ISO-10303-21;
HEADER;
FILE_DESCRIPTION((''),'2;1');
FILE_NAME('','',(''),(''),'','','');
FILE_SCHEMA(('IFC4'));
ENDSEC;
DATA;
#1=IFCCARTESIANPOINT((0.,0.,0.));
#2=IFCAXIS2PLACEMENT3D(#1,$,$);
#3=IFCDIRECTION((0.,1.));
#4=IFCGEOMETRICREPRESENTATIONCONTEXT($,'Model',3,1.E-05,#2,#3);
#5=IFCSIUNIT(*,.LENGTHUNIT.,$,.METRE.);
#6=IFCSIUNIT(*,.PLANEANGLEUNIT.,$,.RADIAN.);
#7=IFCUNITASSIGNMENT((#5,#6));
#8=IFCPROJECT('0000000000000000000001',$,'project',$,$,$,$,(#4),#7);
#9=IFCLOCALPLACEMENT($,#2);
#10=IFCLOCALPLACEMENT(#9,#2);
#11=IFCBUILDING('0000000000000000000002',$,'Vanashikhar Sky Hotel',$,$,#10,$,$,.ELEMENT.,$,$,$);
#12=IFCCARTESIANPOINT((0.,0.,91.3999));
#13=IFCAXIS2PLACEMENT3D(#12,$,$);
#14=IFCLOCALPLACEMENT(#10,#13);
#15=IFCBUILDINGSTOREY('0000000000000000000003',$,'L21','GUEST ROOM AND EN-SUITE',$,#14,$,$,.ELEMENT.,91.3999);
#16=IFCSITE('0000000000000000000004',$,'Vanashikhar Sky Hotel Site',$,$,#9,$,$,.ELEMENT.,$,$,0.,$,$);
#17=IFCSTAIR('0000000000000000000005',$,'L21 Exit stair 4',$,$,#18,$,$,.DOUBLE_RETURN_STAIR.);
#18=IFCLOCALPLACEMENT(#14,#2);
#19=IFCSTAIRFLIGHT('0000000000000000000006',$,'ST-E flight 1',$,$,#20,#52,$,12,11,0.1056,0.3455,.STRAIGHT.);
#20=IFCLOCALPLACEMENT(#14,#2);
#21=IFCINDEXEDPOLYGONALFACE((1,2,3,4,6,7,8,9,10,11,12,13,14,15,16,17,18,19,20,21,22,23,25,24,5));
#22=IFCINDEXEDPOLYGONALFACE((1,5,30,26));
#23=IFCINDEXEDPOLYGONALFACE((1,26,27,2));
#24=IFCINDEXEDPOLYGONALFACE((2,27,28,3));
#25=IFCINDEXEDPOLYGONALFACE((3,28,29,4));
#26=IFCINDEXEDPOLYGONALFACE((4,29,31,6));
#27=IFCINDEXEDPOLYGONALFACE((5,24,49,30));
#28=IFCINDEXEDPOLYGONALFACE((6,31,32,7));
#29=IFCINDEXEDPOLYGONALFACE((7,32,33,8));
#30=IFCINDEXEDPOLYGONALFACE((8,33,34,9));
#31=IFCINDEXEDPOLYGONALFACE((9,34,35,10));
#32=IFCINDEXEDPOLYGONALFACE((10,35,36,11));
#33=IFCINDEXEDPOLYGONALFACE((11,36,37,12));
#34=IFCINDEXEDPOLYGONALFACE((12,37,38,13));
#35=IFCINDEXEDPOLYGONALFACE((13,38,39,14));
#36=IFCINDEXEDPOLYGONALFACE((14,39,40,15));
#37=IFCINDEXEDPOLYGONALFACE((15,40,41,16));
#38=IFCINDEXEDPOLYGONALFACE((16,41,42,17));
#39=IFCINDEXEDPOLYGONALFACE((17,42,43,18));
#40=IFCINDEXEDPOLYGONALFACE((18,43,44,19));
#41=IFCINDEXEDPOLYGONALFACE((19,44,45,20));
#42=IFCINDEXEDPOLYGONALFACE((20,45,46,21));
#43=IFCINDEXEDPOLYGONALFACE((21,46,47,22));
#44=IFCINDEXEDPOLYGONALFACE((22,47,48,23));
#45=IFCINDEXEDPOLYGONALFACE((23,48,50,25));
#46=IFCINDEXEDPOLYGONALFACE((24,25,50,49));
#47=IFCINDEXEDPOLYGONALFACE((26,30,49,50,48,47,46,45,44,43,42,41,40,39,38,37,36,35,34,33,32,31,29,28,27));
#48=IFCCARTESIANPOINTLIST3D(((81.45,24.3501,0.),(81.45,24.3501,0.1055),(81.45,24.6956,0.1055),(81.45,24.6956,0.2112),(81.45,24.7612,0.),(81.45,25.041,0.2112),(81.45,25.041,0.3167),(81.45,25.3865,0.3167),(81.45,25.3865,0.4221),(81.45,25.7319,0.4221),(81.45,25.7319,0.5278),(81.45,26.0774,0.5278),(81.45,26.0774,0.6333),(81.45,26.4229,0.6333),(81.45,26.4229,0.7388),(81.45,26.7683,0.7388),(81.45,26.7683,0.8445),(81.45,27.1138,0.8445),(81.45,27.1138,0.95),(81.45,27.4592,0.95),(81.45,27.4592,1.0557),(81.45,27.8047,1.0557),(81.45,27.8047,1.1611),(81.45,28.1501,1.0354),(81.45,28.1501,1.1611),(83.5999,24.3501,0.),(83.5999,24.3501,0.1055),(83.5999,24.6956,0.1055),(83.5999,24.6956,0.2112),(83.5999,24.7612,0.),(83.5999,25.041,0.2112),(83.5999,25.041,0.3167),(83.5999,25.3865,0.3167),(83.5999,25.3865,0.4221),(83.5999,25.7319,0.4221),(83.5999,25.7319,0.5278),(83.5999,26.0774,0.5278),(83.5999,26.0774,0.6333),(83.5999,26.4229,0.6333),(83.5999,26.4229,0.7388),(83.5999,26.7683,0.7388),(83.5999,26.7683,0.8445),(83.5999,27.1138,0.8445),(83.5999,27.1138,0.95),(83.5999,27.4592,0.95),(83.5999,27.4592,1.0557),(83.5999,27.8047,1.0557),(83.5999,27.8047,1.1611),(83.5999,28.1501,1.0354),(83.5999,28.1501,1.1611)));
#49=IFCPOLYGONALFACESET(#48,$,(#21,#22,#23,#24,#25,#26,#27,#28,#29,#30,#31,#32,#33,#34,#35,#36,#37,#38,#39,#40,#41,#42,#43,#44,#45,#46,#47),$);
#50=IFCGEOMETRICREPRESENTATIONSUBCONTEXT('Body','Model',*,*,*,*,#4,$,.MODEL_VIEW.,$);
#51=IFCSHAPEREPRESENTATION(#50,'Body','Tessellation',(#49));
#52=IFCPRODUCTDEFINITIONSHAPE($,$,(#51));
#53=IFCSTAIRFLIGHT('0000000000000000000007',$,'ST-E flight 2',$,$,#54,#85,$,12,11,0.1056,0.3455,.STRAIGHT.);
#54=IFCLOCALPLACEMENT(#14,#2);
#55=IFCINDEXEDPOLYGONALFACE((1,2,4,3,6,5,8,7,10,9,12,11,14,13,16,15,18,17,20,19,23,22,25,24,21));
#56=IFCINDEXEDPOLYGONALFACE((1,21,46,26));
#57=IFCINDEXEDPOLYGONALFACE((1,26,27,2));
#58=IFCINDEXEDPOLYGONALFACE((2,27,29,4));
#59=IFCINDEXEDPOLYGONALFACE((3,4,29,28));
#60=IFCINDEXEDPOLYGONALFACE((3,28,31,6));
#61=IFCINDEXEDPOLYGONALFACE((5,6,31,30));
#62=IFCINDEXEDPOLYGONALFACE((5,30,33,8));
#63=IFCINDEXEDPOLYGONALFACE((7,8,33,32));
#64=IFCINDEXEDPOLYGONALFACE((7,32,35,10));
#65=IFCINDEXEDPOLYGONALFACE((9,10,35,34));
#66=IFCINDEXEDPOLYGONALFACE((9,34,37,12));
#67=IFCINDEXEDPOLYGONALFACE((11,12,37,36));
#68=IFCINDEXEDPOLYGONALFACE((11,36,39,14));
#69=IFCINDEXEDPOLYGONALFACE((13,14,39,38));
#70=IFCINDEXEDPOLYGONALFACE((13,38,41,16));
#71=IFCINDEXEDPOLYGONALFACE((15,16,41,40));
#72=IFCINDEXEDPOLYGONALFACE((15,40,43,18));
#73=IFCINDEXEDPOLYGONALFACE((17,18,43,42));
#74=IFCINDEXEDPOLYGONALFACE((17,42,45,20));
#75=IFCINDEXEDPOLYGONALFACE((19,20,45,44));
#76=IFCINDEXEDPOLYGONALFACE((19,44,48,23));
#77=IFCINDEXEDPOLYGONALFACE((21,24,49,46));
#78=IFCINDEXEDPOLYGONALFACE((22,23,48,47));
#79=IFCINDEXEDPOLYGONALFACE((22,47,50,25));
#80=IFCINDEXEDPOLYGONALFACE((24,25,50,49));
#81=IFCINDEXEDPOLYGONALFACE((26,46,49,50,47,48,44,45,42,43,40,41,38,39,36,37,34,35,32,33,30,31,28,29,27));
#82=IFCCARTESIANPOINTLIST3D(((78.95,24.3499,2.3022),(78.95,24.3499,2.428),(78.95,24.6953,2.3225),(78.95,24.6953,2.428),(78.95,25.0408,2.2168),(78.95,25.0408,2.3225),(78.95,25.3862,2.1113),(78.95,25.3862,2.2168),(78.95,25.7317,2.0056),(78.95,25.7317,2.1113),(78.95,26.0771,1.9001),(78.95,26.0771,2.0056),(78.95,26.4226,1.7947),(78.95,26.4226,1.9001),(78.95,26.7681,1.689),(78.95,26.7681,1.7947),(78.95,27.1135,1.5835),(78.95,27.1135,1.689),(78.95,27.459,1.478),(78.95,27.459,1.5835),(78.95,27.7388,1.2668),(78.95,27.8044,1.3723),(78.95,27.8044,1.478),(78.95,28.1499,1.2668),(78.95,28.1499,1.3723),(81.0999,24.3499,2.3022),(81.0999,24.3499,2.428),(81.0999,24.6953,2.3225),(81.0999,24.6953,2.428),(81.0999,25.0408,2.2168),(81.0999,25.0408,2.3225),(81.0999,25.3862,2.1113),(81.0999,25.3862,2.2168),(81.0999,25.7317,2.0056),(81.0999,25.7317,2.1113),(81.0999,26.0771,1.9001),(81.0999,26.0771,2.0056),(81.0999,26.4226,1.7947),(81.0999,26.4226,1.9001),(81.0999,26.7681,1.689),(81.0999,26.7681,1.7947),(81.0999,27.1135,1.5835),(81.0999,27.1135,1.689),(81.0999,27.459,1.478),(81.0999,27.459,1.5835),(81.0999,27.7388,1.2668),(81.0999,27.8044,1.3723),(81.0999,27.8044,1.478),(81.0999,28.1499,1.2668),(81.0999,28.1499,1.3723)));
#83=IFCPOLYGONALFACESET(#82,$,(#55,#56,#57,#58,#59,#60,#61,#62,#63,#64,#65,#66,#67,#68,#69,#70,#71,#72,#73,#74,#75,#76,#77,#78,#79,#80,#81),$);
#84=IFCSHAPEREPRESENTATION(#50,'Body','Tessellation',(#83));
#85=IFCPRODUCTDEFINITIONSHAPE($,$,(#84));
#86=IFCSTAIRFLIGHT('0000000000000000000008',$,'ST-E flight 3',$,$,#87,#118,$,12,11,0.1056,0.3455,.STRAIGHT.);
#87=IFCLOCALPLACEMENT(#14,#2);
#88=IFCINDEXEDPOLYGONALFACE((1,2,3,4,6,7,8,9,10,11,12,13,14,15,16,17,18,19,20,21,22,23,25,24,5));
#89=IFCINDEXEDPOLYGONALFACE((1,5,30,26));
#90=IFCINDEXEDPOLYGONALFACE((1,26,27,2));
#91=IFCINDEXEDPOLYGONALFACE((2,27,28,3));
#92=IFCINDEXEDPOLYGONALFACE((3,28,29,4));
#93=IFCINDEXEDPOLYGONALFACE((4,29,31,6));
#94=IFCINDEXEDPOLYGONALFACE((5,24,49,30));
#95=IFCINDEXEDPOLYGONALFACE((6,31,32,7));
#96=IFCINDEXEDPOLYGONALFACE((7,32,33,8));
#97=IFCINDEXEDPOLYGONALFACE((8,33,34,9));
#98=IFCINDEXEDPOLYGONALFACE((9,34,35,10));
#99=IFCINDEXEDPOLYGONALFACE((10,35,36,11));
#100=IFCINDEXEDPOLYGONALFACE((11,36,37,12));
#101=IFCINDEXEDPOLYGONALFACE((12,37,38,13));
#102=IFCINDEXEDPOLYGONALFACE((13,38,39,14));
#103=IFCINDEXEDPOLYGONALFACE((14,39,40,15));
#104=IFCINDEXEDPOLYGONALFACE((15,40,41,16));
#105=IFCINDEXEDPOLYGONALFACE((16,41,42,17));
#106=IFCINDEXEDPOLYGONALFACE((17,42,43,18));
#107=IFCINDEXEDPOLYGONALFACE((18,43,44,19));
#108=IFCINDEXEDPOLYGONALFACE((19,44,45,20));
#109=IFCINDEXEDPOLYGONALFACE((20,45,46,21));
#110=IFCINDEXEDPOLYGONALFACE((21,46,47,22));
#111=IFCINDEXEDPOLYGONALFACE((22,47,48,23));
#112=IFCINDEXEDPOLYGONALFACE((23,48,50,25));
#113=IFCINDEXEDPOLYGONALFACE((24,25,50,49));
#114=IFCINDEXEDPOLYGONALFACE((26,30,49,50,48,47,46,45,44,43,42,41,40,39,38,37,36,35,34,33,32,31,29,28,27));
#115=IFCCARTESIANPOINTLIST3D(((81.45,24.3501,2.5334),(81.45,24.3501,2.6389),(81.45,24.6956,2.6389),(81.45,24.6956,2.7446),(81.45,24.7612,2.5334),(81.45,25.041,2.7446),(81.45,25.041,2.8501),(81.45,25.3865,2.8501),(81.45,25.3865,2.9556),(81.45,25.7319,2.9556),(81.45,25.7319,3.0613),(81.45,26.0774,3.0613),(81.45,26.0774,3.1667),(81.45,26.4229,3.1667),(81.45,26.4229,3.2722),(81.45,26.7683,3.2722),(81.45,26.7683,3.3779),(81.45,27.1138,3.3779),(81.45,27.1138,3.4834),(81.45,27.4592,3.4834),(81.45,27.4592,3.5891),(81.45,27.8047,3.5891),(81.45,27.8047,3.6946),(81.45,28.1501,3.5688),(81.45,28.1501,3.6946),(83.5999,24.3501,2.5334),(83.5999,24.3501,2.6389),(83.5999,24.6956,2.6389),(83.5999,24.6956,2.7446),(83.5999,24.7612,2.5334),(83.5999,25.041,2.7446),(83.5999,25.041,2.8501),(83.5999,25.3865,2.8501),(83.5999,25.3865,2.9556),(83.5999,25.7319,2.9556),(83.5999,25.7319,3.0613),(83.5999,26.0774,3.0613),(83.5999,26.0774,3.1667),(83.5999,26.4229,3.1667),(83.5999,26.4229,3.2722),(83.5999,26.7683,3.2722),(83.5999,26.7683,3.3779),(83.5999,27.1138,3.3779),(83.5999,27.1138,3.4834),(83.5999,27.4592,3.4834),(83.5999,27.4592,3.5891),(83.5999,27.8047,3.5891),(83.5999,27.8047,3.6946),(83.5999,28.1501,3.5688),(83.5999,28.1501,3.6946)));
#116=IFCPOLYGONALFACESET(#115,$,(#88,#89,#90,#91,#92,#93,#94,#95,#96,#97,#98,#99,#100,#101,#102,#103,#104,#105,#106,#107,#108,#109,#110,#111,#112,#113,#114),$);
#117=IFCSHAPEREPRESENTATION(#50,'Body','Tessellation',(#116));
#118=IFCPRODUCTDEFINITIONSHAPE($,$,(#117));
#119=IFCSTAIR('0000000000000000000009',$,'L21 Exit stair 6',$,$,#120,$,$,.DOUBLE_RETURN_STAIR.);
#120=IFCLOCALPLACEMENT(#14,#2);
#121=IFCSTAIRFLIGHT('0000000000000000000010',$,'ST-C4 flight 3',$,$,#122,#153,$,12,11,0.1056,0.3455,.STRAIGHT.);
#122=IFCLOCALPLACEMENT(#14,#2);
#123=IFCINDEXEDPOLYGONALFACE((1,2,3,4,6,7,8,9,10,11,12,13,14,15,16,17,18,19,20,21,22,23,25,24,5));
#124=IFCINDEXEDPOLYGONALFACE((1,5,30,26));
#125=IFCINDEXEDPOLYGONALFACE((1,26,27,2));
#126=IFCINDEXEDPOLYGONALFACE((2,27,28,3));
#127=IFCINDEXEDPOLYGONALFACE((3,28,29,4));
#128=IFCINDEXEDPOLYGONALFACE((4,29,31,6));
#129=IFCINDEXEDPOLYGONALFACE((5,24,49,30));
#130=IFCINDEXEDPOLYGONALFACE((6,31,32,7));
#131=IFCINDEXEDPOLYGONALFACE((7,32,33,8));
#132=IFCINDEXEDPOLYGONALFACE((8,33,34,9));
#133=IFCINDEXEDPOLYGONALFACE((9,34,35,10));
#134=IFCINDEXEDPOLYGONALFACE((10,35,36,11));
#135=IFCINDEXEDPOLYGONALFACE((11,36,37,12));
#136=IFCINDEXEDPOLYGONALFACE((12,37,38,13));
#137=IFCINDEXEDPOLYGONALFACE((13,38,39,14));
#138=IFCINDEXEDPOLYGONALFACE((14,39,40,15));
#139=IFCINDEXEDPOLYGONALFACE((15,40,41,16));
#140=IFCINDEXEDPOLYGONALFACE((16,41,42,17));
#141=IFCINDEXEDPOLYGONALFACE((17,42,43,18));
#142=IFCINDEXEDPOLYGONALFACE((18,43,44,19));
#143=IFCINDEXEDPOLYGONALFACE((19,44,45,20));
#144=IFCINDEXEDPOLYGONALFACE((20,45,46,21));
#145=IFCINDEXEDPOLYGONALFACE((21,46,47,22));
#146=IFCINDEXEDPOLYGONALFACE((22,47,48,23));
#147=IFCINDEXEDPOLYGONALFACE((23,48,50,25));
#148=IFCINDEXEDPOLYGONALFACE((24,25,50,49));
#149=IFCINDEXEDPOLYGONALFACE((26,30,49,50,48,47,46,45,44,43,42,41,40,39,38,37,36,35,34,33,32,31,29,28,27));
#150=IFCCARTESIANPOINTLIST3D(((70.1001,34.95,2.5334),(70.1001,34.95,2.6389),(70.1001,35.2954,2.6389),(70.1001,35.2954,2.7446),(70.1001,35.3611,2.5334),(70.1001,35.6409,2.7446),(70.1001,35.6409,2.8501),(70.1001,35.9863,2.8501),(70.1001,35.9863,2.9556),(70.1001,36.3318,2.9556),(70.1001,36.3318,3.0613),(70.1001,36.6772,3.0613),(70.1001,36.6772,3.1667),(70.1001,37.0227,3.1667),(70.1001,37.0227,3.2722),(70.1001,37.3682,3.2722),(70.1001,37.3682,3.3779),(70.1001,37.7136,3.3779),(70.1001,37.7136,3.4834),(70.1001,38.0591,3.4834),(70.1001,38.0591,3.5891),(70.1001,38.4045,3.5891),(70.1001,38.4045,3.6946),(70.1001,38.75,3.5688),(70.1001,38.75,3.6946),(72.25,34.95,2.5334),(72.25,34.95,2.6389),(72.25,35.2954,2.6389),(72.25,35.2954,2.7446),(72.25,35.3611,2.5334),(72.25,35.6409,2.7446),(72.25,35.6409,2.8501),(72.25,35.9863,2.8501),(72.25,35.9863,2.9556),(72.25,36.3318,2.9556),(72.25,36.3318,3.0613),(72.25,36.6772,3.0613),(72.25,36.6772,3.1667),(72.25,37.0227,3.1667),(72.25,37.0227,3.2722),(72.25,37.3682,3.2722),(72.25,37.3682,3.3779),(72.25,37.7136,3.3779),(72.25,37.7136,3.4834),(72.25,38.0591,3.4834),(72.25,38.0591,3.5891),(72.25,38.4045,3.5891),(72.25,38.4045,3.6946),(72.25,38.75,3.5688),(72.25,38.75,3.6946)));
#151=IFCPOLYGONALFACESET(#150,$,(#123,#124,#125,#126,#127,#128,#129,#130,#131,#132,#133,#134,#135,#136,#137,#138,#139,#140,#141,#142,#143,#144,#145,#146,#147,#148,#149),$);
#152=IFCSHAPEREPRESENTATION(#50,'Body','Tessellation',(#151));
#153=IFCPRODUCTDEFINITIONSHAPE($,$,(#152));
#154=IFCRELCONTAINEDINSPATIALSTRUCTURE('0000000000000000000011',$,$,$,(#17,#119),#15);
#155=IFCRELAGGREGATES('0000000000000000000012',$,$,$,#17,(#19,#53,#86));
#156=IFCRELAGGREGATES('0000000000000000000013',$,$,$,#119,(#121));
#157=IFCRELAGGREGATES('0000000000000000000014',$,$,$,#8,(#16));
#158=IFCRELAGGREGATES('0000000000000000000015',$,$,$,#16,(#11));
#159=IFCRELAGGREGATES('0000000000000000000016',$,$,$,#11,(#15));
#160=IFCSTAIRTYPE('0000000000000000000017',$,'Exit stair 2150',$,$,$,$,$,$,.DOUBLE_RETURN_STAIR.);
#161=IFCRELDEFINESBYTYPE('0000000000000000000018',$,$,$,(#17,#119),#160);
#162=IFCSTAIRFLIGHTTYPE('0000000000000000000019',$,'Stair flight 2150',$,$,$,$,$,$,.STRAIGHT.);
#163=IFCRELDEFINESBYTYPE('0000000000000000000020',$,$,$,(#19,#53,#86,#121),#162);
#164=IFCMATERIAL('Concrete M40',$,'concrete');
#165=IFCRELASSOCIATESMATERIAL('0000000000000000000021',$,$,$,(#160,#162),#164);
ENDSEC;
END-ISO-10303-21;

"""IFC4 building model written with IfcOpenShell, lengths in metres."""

from ifc_helpers import new_model, si_unit, direction, frame, origin, place, context, subcontext, project, spatial, polyline, outline, extrude, source, transform, mapped, material, type_object, element, aggregate, save


model = new_model("IFC4")

# Units and contexts
model_context = context("Model", 3, precision=1e-05, world=origin(), true_north=direction((0.0, 1.0)))
body_context = subcontext(model_context, "Body", "Model", "MODEL_VIEW")
ifc_project = project(units=[si_unit("LENGTHUNIT", "METRE"), si_unit("PLANEANGLEUNIT", "RADIAN")], contexts=[model_context])

# Site, building, storey
site_placement = place(None, origin())
site = spatial("IfcSite", under=ifc_project, at=site_placement, Name="Vanashikhar Sky Hotel Site", CompositionType="ELEMENT", RefElevation=0.0)
building_placement = place(site_placement, origin())
building = spatial("IfcBuilding", under=site, at=building_placement, Name="Vanashikhar Sky Hotel", CompositionType="ELEMENT")
storey_placement = place(building_placement, frame((0.0, 0.0, 91.3999)))
storey = spatial("IfcBuildingStorey", under=building, at=storey_placement, Name="L21", Description="GUEST ROOM AND EN-SUITE", CompositionType="ELEMENT", Elevation=91.3999)

# Shared definitions
ifc_material_1 = material(Name="Concrete M40", Category="concrete")

# Stair, stair flights
stair_type = type_object("IfcStairType", Name="Exit stair 2150", PredefinedType="DOUBLE_RETURN_STAIR", material=ifc_material_1)
stair_1_placement = place(storey_placement, origin())
stair_1 = element("IfcStair", 1, at=stair_1_placement, inside=storey, type_object=stair_type, Name="L21 Exit stair 4", PredefinedType="DOUBLE_RETURN_STAIR")
stair_flight_type = type_object("IfcStairFlightType", Name="Stair flight 2150", PredefinedType="STRAIGHT", material=ifc_material_1)
shared_shape_1 = source(origin(), body_context, "Body", "SweptSolid", [
    extrude(outline(polyline([(0.0, 0.0), (0.0, 0.1055), (0.3455, 0.1055), (0.3455, 0.2112), (0.6909, 0.2112), (0.6909, 0.3167), (1.0364, 0.3167), (1.0364, 0.4221), (1.3818, 0.4221), (1.3818, 0.5278), (1.7273, 0.5278), (1.7273, 0.6333), (2.0728, 0.6333), (2.0728, 0.7388), (2.4182, 0.7388), (2.4182, 0.8445), (2.7637, 0.8445), (2.7637, 0.95), (3.1091, 0.95), (3.1091, 1.0557), (3.4546, 1.0557), (3.4546, 1.1611), (3.8, 1.1611), (3.8, 1.2666), (3.8, 1.0354), (0.4111, 0.0), (0.0, 0.0)])), frame((0.0, 1.075, 0.0), z_axis=(0.0, -1.0, 0.0), x_axis=(1.0, 0.0, 0.0)), (0.0, 0.0, 1.0), 2.1499),
])
stair_flight_1_placement = place(storey_placement, frame((82.5249, 24.3501, 0.0), z_axis=(0.0, 0.0, 1.0), x_axis=(0.0, 1.0, 0.0)))
stair_flight_1 = element("IfcStairFlight", 2, at=stair_flight_1_placement, type_object=stair_flight_type, Name="ST-E flight 1", NumberOfRisers=12, NumberOfTreads=11, PredefinedType="STRAIGHT", RiserHeight=0.1056, TreadLength=0.3455, context=body_context, shape_type="MappedRepresentation", body=[
    mapped(shared_shape_1, transform((0.0, 0.0, 0.0), scale=1.0)),
])
stair_flight_2_placement = place(storey_placement, frame((80.0249, 28.1499, 1.2668), z_axis=(0.0, 0.0, 1.0), x_axis=(0.0, -1.0, 0.0)))
stair_flight_2 = element("IfcStairFlight", 3, at=stair_flight_2_placement, type_object=stair_flight_type, Name="ST-E flight 2", NumberOfRisers=12, NumberOfTreads=11, PredefinedType="STRAIGHT", RiserHeight=0.1056, TreadLength=0.3455, context=body_context, shape_type="MappedRepresentation", body=[
    mapped(shared_shape_1, transform((0.0, 0.0, 0.0), scale=1.0)),
])
stair_flight_3_placement = place(storey_placement, frame((82.5249, 24.3501, 2.5334), z_axis=(0.0, 0.0, 1.0), x_axis=(0.0, 1.0, 0.0)))
stair_flight_3 = element("IfcStairFlight", 4, at=stair_flight_3_placement, type_object=stair_flight_type, Name="ST-E flight 3", NumberOfRisers=12, NumberOfTreads=11, PredefinedType="STRAIGHT", RiserHeight=0.1056, TreadLength=0.3455, context=body_context, shape_type="MappedRepresentation", body=[
    mapped(shared_shape_1, transform((0.0, 0.0, 0.0), scale=1.0)),
])
aggregate(stair_1, [stair_flight_1, stair_flight_2, stair_flight_3])

# Stair, stair flight
stair_2_placement = place(storey_placement, origin())
stair_2 = element("IfcStair", 5, at=stair_2_placement, inside=storey, type_object=stair_type, Name="L21 Exit stair 6", PredefinedType="DOUBLE_RETURN_STAIR")
stair_flight_4_placement = place(storey_placement, frame((71.175, 34.95, 2.5334), z_axis=(0.0, 0.0, 1.0), x_axis=(0.0, 1.0, 0.0)))
stair_flight_4 = element("IfcStairFlight", 6, at=stair_flight_4_placement, type_object=stair_flight_type, Name="ST-C4 flight 3", NumberOfRisers=12, NumberOfTreads=11, PredefinedType="STRAIGHT", RiserHeight=0.1056, TreadLength=0.3455, context=body_context, shape_type="MappedRepresentation", body=[
    mapped(shared_shape_1, transform((0.0, 0.0, 0.0), scale=1.0)),
])
aggregate(stair_2, [stair_flight_4])

save(model, "model.ifc")
